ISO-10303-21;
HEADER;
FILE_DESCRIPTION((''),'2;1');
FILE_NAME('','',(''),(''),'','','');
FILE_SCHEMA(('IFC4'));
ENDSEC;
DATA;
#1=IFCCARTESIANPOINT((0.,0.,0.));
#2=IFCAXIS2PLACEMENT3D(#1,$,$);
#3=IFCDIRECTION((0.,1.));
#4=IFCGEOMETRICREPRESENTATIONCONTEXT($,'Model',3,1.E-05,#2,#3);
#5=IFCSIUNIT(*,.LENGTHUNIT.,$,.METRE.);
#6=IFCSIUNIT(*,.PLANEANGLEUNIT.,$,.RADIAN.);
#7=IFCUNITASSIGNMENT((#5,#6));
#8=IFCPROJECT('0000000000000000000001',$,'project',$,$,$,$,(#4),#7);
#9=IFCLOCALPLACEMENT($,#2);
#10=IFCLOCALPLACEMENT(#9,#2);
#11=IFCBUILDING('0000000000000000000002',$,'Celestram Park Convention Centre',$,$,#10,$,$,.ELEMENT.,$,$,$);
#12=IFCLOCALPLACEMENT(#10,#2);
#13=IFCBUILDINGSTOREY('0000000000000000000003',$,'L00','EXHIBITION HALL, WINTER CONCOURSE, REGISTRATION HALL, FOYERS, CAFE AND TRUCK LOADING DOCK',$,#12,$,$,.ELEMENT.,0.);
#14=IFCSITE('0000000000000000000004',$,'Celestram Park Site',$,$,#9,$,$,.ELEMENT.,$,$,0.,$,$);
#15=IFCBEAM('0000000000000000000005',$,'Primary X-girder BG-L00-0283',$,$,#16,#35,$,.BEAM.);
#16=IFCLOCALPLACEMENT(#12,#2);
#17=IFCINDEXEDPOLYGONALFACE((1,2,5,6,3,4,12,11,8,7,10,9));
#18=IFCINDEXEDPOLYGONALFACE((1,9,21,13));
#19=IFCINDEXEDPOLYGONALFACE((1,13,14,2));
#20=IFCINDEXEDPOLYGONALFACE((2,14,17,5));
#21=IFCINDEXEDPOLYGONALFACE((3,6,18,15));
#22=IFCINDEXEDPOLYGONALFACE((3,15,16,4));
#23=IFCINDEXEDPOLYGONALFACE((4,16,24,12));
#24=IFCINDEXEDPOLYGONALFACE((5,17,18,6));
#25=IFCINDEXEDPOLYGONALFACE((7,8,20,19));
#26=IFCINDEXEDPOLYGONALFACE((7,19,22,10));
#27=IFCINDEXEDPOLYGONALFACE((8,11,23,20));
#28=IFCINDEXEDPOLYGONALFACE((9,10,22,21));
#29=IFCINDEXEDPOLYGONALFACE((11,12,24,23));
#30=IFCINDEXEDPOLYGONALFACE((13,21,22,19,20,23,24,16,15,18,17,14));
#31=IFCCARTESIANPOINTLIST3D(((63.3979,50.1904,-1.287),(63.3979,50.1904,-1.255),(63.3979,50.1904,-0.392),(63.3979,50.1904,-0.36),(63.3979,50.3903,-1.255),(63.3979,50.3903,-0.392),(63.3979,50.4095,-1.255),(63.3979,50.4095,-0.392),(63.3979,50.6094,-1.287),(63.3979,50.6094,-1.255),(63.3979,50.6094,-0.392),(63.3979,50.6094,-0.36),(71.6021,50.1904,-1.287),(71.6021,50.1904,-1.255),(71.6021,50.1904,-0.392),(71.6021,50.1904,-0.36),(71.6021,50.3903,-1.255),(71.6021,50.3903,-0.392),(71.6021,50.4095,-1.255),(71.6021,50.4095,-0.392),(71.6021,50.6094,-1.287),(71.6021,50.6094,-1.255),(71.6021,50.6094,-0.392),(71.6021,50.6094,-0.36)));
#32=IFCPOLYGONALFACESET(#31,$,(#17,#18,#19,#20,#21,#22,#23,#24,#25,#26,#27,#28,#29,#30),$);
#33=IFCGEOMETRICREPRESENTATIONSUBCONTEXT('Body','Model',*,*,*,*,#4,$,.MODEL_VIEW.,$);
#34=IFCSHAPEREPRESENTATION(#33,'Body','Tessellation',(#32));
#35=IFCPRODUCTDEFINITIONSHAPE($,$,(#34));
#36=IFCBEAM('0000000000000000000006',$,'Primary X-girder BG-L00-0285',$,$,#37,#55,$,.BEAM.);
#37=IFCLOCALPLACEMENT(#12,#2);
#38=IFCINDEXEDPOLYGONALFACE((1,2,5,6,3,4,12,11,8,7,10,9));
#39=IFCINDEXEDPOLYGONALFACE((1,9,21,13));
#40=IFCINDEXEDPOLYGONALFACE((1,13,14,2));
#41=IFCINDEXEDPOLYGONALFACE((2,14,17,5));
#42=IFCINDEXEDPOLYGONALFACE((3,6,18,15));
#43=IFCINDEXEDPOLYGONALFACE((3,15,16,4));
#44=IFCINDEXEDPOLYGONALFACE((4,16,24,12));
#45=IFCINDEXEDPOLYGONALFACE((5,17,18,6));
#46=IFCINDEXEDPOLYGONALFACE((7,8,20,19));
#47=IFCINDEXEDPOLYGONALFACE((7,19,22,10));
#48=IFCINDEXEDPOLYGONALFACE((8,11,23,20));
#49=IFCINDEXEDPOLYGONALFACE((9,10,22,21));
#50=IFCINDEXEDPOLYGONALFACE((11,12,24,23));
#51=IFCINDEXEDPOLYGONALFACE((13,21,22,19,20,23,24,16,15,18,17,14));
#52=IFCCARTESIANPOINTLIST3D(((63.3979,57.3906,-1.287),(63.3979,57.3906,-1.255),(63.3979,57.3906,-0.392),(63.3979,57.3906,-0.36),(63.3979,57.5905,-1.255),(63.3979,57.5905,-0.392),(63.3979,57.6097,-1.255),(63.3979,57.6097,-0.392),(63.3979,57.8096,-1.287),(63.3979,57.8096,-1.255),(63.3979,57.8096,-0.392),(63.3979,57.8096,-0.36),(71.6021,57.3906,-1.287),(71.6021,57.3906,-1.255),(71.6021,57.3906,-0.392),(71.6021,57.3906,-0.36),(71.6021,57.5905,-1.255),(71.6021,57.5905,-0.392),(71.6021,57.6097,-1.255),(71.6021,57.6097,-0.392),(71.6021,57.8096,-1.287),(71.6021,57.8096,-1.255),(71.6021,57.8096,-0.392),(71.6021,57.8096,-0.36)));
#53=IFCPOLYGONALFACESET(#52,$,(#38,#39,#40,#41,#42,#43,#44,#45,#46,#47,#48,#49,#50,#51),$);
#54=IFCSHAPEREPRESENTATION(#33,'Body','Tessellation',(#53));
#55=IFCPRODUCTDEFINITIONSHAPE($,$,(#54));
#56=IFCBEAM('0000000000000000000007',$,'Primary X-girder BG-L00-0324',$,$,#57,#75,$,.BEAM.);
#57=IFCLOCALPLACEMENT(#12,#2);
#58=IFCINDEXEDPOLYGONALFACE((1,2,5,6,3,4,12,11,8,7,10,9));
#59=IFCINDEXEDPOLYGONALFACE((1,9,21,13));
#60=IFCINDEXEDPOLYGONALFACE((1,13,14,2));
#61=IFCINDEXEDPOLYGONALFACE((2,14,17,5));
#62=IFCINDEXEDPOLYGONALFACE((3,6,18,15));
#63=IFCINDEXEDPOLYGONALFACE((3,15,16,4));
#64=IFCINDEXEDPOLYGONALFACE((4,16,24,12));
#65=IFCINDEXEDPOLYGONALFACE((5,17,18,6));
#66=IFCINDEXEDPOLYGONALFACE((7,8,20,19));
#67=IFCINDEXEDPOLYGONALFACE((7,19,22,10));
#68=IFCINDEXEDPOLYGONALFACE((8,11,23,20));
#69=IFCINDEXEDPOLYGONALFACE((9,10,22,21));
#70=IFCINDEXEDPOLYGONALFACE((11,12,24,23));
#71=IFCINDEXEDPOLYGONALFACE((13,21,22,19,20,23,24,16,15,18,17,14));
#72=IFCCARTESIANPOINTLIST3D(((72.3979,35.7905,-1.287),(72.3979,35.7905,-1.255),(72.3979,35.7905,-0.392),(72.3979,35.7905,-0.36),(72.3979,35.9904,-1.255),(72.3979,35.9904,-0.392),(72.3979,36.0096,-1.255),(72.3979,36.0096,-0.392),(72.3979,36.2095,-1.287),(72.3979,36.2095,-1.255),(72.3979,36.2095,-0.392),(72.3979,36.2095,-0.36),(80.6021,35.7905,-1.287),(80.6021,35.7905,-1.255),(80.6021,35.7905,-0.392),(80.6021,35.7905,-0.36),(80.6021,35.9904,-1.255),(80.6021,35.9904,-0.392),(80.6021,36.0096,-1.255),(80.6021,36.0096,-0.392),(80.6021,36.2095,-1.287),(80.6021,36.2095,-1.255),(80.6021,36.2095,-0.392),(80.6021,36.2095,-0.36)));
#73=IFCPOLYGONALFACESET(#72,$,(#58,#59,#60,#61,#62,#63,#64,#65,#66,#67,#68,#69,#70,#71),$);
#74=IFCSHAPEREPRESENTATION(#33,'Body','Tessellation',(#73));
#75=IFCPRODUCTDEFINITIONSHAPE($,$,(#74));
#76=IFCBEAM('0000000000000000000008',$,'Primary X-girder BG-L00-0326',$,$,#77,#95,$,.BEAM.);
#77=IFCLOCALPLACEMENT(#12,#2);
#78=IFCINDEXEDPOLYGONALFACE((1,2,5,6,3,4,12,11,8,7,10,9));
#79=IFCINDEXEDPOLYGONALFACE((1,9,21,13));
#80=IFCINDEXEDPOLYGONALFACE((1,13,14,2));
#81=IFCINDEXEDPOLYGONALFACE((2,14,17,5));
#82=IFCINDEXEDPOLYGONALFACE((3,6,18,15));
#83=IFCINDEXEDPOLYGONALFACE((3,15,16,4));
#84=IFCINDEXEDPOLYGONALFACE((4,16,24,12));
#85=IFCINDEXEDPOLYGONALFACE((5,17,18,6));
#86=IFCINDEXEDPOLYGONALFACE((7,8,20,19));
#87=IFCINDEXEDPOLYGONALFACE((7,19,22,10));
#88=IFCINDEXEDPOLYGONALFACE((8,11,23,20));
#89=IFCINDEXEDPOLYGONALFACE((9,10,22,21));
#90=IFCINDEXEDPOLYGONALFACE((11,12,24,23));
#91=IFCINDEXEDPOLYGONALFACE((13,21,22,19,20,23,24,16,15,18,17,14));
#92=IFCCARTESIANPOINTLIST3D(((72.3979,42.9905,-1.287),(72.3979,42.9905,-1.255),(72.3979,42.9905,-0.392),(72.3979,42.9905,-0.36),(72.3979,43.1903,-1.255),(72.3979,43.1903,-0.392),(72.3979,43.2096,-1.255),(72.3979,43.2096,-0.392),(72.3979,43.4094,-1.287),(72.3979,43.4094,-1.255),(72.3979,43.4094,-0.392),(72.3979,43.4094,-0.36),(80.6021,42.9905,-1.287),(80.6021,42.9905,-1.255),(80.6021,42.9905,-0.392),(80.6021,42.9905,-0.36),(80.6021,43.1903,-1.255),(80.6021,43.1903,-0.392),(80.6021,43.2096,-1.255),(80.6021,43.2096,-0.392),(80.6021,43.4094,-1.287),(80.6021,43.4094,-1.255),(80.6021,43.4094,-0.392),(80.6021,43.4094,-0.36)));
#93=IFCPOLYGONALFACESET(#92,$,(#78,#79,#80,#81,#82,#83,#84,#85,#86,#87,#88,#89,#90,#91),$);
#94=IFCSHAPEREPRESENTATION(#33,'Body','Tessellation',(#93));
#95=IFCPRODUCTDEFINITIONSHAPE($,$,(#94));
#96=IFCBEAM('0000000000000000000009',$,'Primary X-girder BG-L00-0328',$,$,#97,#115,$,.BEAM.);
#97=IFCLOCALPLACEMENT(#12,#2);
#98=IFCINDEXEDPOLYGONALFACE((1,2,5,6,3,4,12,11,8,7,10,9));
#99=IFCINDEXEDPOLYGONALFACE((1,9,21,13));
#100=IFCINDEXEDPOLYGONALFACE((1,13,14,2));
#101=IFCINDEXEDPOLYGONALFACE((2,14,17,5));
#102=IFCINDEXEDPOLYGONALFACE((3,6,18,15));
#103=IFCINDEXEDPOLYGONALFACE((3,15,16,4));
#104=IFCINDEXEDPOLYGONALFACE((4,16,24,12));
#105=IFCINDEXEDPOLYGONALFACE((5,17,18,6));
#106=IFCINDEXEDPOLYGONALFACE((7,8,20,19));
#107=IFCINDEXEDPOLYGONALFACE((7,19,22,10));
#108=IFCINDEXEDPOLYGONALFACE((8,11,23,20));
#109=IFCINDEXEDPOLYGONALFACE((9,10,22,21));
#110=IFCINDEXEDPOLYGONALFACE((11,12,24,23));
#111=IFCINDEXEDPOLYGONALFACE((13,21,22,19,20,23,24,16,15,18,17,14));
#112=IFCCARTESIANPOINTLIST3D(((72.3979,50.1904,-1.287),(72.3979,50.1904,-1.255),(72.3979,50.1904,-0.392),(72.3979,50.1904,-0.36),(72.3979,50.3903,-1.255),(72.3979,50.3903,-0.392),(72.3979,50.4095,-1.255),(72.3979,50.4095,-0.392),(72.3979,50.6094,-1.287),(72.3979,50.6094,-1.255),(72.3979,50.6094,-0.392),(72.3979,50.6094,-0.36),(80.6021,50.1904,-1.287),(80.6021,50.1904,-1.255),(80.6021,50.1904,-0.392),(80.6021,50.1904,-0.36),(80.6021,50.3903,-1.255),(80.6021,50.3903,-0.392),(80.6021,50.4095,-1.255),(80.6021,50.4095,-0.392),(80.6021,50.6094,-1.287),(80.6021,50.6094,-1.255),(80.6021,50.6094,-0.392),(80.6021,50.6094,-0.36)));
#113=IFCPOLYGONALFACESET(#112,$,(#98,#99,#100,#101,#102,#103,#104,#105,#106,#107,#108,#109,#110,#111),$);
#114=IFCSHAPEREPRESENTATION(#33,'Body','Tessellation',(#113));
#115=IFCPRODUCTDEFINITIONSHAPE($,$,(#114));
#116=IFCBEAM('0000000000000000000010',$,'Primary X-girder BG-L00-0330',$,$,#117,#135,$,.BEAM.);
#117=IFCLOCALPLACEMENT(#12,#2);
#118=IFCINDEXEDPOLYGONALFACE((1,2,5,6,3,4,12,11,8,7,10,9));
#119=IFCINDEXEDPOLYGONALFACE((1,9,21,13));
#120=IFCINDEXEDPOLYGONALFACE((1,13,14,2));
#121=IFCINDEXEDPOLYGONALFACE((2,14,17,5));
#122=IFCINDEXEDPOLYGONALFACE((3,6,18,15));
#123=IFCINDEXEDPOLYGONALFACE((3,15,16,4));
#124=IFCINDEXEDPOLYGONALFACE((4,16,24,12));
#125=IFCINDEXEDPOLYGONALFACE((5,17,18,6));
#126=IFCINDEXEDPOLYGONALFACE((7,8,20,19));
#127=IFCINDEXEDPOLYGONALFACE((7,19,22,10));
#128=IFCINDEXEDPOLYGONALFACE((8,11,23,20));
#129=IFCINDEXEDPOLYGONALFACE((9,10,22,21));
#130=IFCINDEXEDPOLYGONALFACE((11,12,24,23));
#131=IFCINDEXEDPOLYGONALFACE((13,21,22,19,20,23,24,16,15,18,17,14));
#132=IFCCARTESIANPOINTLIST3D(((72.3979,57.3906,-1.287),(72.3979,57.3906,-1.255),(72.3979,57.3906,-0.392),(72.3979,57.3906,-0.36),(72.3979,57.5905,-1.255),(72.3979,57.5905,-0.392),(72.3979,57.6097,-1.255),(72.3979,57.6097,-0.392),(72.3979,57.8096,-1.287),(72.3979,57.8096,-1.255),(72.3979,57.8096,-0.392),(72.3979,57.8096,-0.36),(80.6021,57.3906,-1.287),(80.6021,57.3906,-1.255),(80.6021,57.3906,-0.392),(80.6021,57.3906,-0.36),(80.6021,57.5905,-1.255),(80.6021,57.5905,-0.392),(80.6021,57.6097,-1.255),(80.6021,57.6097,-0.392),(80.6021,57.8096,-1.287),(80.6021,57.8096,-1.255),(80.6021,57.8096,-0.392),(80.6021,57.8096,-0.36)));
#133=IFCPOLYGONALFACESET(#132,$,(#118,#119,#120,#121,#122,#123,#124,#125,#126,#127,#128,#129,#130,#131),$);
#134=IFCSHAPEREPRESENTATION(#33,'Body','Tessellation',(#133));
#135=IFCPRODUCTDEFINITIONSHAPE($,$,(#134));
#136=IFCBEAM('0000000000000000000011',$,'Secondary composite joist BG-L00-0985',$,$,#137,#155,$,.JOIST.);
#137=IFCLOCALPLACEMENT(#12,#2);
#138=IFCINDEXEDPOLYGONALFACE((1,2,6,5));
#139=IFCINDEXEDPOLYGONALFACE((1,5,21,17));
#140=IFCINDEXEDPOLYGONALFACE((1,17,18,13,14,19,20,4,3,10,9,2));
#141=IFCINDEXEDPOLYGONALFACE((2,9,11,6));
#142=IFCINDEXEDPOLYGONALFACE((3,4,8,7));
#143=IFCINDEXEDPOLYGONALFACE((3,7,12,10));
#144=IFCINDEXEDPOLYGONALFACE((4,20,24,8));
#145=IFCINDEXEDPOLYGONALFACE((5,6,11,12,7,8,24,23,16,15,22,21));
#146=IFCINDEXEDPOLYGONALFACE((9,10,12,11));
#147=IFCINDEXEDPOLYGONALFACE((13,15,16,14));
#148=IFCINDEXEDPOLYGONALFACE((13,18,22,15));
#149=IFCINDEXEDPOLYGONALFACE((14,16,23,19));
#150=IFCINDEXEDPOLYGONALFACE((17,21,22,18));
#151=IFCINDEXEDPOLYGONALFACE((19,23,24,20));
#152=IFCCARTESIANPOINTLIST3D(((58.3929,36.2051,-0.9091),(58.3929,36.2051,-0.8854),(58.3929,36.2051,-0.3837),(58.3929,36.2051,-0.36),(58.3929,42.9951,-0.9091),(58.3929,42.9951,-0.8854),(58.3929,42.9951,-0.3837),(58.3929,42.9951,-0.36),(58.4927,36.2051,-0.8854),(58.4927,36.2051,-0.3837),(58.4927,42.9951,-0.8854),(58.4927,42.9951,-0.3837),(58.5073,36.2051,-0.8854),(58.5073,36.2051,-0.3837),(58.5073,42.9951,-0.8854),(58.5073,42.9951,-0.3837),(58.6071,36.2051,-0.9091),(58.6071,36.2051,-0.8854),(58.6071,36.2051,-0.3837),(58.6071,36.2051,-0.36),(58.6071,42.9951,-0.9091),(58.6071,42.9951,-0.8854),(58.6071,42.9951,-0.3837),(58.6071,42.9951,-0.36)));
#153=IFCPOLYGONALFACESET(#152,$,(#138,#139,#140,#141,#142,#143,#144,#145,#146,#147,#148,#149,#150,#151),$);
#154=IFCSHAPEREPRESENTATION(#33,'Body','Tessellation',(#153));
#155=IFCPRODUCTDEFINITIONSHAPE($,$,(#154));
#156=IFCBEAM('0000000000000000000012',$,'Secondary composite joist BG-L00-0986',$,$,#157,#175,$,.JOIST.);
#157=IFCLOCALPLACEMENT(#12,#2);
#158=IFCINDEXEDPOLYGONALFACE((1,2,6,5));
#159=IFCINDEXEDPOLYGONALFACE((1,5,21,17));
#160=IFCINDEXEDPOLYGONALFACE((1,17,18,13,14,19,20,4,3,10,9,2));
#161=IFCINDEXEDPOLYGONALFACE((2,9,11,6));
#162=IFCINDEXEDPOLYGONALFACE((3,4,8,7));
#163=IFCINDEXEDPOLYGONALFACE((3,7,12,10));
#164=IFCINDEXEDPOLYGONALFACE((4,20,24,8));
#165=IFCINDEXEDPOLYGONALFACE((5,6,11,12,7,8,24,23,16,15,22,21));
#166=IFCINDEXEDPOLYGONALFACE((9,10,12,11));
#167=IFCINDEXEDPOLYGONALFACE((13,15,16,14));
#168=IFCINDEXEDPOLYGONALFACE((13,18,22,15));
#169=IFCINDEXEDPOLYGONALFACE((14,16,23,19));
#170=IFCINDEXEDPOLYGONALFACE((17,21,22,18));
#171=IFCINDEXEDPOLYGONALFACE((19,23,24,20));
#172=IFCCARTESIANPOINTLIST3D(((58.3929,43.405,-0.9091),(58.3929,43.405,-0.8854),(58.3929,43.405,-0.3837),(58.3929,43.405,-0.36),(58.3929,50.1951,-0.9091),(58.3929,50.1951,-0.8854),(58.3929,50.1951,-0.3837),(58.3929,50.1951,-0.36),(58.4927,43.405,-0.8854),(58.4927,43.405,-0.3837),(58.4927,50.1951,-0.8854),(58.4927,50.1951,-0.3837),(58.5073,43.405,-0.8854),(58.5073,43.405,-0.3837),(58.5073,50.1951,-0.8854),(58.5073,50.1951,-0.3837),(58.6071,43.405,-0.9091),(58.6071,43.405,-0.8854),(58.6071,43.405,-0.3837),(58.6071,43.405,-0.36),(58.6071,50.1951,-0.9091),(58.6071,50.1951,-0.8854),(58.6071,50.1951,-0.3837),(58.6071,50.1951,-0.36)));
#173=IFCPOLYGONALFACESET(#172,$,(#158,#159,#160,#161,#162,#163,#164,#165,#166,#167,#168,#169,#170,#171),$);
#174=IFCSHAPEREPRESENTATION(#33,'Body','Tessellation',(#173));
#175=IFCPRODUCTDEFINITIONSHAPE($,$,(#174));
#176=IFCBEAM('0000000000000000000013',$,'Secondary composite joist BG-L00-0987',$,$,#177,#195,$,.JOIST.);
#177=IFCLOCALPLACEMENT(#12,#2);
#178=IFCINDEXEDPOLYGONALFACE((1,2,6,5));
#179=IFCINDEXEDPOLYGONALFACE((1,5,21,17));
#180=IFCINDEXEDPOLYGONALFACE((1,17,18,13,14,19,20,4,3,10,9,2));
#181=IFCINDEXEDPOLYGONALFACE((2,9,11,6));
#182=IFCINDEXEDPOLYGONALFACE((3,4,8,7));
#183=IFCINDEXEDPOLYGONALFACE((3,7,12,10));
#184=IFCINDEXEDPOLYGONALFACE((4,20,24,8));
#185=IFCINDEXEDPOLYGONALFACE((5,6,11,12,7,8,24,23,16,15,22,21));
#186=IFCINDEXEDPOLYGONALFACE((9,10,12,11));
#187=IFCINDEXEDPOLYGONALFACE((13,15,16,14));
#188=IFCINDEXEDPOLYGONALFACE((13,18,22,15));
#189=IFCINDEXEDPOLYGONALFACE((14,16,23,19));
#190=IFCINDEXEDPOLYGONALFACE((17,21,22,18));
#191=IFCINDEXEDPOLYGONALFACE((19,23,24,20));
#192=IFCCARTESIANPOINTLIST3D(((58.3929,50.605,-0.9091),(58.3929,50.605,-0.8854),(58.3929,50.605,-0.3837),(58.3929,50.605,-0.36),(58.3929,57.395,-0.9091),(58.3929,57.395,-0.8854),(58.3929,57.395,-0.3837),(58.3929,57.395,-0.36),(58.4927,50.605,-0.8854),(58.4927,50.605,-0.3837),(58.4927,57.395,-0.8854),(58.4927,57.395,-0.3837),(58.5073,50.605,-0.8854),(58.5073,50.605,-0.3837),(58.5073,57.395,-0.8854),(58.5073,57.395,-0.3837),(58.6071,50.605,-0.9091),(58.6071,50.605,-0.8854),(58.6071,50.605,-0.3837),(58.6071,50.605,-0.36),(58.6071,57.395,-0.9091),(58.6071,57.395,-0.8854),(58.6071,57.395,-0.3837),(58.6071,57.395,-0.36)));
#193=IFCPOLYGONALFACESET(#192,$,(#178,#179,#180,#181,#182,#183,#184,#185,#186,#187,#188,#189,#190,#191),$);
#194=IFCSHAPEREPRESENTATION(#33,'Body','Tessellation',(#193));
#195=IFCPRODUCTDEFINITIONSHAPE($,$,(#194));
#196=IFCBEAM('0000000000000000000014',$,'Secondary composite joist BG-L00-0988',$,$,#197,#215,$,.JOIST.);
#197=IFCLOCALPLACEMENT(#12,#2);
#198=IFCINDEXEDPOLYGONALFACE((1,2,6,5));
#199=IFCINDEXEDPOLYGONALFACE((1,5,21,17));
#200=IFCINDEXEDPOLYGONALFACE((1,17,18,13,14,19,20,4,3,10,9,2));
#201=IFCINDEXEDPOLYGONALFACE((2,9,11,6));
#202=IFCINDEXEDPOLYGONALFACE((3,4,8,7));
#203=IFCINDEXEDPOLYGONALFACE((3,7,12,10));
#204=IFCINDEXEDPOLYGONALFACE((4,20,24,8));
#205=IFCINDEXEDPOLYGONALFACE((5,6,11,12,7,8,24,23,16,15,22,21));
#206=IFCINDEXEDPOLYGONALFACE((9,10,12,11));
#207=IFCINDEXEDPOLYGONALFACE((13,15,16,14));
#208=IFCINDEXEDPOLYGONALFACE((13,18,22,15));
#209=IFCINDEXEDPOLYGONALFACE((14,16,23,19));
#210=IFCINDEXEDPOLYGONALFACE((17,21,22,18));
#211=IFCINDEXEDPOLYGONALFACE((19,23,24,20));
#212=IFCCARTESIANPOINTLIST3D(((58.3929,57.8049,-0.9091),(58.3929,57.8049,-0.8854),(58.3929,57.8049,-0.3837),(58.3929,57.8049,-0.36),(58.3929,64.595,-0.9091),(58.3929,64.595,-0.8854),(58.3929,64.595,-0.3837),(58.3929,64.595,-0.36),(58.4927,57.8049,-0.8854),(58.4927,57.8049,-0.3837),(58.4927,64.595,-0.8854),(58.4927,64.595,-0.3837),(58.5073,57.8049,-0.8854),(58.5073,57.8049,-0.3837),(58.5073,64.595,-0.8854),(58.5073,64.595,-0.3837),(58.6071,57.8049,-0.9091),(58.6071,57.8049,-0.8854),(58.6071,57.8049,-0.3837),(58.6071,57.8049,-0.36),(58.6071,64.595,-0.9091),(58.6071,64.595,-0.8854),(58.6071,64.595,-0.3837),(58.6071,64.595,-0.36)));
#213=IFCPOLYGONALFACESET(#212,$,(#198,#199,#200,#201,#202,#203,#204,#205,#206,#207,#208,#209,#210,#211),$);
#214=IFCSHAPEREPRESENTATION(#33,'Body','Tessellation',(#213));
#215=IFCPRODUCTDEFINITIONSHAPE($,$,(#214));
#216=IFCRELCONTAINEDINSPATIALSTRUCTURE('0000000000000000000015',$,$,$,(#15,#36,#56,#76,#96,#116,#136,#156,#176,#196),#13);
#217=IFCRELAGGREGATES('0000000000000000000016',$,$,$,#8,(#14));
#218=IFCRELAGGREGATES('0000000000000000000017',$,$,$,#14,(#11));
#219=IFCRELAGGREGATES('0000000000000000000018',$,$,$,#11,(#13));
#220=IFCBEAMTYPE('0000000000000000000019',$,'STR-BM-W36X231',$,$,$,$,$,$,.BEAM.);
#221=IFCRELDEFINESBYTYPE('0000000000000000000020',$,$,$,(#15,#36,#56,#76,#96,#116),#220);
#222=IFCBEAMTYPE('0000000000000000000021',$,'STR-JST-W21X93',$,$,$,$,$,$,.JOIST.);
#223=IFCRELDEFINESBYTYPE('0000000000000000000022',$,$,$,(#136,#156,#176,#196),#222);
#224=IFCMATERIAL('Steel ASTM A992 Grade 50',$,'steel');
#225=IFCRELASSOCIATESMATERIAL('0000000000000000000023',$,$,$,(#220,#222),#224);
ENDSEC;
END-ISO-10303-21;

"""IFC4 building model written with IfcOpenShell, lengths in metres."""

from ifc_helpers import new_model, si_unit, direction, frame, origin, origin_2d, place, context, subcontext, project, spatial, i_section, extrude, material, material_profile, profile_set, type_object, element, save


model = new_model("IFC4")

# Units and contexts
model_context = context("Model", 3, precision=1e-05, world=origin(), true_north=direction((0.0, 1.0)))
body_context = subcontext(model_context, "Body", "Model", "MODEL_VIEW")
ifc_project = project(units=[si_unit("LENGTHUNIT", "METRE"), si_unit("PLANEANGLEUNIT", "RADIAN")], contexts=[model_context])

# Site, building, storey
site_placement = place(None, origin())
site = spatial("IfcSite", under=ifc_project, at=site_placement, Name="Celestram Park Site", CompositionType="ELEMENT", RefElevation=0.0)
building_placement = place(site_placement, origin())
building = spatial("IfcBuilding", under=site, at=building_placement, Name="Celestram Park Convention Centre", CompositionType="ELEMENT")
storey_placement = place(building_placement, origin())
storey = spatial("IfcBuildingStorey", under=building, at=storey_placement, Name="L00", Description="EXHIBITION HALL, WINTER CONCOURSE, REGISTRATION HALL, FOYERS, CAFE AND TRUCK LOADING DOCK", CompositionType="ELEMENT", Elevation=0.0)

# Beams
ifc_material = material(Name="Steel ASTM A992 Grade 50", Category="steel")
ifc_material_profile_1 = material_profile(ifc_material, i_section(OverallWidth=0.4189, OverallDepth=0.927, WebThickness=0.0193, FlangeThickness=0.032, at=origin_2d()), Name="W36X231")
ifc_profile_set_1 = profile_set([ifc_material_profile_1], Name="Steel ASTM A992 Grade 50")
beam_type_1 = type_object("IfcBeamType", Name="STR-BM-W36X231", PredefinedType="BEAM", material=ifc_profile_set_1)
for number, where, z_axis, x_axis, name in (
    (1, (63.3979, 50.3999, -0.8235), (1.0, 0.0, 0.0), (0.0, 1.0, 0.0), "Primary X-girder BG-L00-0283"),
    (2, (63.3979, 57.6001, -0.8235), (1.0, 0.0, 0.0), (0.0, 1.0, 0.0), "Primary X-girder BG-L00-0285"),
    (3, (72.3979, 36.0, -0.8235), (1.0, 0.0, 0.0), (0.0, 1.0, 0.0), "Primary X-girder BG-L00-0324"),
    (4, (72.3979, 43.2, -0.8235), (1.0, 0.0, 0.0), (0.0, 1.0, 0.0), "Primary X-girder BG-L00-0326"),
    (5, (72.3979, 50.3999, -0.8235), (1.0, 0.0, 0.0), (0.0, 1.0, 0.0), "Primary X-girder BG-L00-0328"),
    (6, (72.3979, 57.6001, -0.8235), (1.0, 0.0, 0.0), (0.0, 1.0, 0.0), "Primary X-girder BG-L00-0330"),
):
    element("IfcBeam", number, at=place(storey_placement, frame(where, z_axis=z_axis, x_axis=x_axis)), inside=storey, type_object=beam_type_1, Name=name, PredefinedType="BEAM", context=body_context, shape_type="SweptSolid", body=[
        extrude(i_section(OverallWidth=0.4189, OverallDepth=0.927, WebThickness=0.0193, FlangeThickness=0.032, at=origin_2d()), origin(), (0.0, 0.0, 1.0), 8.2041),
    ])
ifc_material_profile_2 = material_profile(ifc_material, i_section(OverallWidth=0.2141, OverallDepth=0.5491, WebThickness=0.0146, FlangeThickness=0.0237, at=origin_2d()), Name="W21X93")
ifc_profile_set_2 = profile_set([ifc_material_profile_2], Name="Steel ASTM A992 Grade 50")
beam_type_2 = type_object("IfcBeamType", Name="STR-JST-W21X93", PredefinedType="JOIST", material=ifc_profile_set_2)
for number, where, z_axis, x_axis, name in (
    (7, (58.5, 36.2051, -0.6345), (0.0, 1.0, 0.0), (-1.0, 0.0, 0.0), "Secondary composite joist BG-L00-0985"),
    (8, (58.5, 43.405, -0.6345), (0.0, 1.0, 0.0), (-1.0, 0.0, 0.0), "Secondary composite joist BG-L00-0986"),
    (9, (58.5, 50.605, -0.6345), (0.0, 1.0, 0.0), (-1.0, 0.0, 0.0), "Secondary composite joist BG-L00-0987"),
    (10, (58.5, 57.8049, -0.6345), (0.0, 1.0, 0.0), (-1.0, 0.0, 0.0), "Secondary composite joist BG-L00-0988"),
):
    element("IfcBeam", number, at=place(storey_placement, frame(where, z_axis=z_axis, x_axis=x_axis)), inside=storey, type_object=beam_type_2, Name=name, PredefinedType="JOIST", context=body_context, shape_type="SweptSolid", body=[
        extrude(i_section(OverallWidth=0.2141, OverallDepth=0.5491, WebThickness=0.0146, FlangeThickness=0.0237, at=origin_2d()), origin(), (0.0, 0.0, 1.0), 6.79),
    ])

save(model, "model.ifc")
